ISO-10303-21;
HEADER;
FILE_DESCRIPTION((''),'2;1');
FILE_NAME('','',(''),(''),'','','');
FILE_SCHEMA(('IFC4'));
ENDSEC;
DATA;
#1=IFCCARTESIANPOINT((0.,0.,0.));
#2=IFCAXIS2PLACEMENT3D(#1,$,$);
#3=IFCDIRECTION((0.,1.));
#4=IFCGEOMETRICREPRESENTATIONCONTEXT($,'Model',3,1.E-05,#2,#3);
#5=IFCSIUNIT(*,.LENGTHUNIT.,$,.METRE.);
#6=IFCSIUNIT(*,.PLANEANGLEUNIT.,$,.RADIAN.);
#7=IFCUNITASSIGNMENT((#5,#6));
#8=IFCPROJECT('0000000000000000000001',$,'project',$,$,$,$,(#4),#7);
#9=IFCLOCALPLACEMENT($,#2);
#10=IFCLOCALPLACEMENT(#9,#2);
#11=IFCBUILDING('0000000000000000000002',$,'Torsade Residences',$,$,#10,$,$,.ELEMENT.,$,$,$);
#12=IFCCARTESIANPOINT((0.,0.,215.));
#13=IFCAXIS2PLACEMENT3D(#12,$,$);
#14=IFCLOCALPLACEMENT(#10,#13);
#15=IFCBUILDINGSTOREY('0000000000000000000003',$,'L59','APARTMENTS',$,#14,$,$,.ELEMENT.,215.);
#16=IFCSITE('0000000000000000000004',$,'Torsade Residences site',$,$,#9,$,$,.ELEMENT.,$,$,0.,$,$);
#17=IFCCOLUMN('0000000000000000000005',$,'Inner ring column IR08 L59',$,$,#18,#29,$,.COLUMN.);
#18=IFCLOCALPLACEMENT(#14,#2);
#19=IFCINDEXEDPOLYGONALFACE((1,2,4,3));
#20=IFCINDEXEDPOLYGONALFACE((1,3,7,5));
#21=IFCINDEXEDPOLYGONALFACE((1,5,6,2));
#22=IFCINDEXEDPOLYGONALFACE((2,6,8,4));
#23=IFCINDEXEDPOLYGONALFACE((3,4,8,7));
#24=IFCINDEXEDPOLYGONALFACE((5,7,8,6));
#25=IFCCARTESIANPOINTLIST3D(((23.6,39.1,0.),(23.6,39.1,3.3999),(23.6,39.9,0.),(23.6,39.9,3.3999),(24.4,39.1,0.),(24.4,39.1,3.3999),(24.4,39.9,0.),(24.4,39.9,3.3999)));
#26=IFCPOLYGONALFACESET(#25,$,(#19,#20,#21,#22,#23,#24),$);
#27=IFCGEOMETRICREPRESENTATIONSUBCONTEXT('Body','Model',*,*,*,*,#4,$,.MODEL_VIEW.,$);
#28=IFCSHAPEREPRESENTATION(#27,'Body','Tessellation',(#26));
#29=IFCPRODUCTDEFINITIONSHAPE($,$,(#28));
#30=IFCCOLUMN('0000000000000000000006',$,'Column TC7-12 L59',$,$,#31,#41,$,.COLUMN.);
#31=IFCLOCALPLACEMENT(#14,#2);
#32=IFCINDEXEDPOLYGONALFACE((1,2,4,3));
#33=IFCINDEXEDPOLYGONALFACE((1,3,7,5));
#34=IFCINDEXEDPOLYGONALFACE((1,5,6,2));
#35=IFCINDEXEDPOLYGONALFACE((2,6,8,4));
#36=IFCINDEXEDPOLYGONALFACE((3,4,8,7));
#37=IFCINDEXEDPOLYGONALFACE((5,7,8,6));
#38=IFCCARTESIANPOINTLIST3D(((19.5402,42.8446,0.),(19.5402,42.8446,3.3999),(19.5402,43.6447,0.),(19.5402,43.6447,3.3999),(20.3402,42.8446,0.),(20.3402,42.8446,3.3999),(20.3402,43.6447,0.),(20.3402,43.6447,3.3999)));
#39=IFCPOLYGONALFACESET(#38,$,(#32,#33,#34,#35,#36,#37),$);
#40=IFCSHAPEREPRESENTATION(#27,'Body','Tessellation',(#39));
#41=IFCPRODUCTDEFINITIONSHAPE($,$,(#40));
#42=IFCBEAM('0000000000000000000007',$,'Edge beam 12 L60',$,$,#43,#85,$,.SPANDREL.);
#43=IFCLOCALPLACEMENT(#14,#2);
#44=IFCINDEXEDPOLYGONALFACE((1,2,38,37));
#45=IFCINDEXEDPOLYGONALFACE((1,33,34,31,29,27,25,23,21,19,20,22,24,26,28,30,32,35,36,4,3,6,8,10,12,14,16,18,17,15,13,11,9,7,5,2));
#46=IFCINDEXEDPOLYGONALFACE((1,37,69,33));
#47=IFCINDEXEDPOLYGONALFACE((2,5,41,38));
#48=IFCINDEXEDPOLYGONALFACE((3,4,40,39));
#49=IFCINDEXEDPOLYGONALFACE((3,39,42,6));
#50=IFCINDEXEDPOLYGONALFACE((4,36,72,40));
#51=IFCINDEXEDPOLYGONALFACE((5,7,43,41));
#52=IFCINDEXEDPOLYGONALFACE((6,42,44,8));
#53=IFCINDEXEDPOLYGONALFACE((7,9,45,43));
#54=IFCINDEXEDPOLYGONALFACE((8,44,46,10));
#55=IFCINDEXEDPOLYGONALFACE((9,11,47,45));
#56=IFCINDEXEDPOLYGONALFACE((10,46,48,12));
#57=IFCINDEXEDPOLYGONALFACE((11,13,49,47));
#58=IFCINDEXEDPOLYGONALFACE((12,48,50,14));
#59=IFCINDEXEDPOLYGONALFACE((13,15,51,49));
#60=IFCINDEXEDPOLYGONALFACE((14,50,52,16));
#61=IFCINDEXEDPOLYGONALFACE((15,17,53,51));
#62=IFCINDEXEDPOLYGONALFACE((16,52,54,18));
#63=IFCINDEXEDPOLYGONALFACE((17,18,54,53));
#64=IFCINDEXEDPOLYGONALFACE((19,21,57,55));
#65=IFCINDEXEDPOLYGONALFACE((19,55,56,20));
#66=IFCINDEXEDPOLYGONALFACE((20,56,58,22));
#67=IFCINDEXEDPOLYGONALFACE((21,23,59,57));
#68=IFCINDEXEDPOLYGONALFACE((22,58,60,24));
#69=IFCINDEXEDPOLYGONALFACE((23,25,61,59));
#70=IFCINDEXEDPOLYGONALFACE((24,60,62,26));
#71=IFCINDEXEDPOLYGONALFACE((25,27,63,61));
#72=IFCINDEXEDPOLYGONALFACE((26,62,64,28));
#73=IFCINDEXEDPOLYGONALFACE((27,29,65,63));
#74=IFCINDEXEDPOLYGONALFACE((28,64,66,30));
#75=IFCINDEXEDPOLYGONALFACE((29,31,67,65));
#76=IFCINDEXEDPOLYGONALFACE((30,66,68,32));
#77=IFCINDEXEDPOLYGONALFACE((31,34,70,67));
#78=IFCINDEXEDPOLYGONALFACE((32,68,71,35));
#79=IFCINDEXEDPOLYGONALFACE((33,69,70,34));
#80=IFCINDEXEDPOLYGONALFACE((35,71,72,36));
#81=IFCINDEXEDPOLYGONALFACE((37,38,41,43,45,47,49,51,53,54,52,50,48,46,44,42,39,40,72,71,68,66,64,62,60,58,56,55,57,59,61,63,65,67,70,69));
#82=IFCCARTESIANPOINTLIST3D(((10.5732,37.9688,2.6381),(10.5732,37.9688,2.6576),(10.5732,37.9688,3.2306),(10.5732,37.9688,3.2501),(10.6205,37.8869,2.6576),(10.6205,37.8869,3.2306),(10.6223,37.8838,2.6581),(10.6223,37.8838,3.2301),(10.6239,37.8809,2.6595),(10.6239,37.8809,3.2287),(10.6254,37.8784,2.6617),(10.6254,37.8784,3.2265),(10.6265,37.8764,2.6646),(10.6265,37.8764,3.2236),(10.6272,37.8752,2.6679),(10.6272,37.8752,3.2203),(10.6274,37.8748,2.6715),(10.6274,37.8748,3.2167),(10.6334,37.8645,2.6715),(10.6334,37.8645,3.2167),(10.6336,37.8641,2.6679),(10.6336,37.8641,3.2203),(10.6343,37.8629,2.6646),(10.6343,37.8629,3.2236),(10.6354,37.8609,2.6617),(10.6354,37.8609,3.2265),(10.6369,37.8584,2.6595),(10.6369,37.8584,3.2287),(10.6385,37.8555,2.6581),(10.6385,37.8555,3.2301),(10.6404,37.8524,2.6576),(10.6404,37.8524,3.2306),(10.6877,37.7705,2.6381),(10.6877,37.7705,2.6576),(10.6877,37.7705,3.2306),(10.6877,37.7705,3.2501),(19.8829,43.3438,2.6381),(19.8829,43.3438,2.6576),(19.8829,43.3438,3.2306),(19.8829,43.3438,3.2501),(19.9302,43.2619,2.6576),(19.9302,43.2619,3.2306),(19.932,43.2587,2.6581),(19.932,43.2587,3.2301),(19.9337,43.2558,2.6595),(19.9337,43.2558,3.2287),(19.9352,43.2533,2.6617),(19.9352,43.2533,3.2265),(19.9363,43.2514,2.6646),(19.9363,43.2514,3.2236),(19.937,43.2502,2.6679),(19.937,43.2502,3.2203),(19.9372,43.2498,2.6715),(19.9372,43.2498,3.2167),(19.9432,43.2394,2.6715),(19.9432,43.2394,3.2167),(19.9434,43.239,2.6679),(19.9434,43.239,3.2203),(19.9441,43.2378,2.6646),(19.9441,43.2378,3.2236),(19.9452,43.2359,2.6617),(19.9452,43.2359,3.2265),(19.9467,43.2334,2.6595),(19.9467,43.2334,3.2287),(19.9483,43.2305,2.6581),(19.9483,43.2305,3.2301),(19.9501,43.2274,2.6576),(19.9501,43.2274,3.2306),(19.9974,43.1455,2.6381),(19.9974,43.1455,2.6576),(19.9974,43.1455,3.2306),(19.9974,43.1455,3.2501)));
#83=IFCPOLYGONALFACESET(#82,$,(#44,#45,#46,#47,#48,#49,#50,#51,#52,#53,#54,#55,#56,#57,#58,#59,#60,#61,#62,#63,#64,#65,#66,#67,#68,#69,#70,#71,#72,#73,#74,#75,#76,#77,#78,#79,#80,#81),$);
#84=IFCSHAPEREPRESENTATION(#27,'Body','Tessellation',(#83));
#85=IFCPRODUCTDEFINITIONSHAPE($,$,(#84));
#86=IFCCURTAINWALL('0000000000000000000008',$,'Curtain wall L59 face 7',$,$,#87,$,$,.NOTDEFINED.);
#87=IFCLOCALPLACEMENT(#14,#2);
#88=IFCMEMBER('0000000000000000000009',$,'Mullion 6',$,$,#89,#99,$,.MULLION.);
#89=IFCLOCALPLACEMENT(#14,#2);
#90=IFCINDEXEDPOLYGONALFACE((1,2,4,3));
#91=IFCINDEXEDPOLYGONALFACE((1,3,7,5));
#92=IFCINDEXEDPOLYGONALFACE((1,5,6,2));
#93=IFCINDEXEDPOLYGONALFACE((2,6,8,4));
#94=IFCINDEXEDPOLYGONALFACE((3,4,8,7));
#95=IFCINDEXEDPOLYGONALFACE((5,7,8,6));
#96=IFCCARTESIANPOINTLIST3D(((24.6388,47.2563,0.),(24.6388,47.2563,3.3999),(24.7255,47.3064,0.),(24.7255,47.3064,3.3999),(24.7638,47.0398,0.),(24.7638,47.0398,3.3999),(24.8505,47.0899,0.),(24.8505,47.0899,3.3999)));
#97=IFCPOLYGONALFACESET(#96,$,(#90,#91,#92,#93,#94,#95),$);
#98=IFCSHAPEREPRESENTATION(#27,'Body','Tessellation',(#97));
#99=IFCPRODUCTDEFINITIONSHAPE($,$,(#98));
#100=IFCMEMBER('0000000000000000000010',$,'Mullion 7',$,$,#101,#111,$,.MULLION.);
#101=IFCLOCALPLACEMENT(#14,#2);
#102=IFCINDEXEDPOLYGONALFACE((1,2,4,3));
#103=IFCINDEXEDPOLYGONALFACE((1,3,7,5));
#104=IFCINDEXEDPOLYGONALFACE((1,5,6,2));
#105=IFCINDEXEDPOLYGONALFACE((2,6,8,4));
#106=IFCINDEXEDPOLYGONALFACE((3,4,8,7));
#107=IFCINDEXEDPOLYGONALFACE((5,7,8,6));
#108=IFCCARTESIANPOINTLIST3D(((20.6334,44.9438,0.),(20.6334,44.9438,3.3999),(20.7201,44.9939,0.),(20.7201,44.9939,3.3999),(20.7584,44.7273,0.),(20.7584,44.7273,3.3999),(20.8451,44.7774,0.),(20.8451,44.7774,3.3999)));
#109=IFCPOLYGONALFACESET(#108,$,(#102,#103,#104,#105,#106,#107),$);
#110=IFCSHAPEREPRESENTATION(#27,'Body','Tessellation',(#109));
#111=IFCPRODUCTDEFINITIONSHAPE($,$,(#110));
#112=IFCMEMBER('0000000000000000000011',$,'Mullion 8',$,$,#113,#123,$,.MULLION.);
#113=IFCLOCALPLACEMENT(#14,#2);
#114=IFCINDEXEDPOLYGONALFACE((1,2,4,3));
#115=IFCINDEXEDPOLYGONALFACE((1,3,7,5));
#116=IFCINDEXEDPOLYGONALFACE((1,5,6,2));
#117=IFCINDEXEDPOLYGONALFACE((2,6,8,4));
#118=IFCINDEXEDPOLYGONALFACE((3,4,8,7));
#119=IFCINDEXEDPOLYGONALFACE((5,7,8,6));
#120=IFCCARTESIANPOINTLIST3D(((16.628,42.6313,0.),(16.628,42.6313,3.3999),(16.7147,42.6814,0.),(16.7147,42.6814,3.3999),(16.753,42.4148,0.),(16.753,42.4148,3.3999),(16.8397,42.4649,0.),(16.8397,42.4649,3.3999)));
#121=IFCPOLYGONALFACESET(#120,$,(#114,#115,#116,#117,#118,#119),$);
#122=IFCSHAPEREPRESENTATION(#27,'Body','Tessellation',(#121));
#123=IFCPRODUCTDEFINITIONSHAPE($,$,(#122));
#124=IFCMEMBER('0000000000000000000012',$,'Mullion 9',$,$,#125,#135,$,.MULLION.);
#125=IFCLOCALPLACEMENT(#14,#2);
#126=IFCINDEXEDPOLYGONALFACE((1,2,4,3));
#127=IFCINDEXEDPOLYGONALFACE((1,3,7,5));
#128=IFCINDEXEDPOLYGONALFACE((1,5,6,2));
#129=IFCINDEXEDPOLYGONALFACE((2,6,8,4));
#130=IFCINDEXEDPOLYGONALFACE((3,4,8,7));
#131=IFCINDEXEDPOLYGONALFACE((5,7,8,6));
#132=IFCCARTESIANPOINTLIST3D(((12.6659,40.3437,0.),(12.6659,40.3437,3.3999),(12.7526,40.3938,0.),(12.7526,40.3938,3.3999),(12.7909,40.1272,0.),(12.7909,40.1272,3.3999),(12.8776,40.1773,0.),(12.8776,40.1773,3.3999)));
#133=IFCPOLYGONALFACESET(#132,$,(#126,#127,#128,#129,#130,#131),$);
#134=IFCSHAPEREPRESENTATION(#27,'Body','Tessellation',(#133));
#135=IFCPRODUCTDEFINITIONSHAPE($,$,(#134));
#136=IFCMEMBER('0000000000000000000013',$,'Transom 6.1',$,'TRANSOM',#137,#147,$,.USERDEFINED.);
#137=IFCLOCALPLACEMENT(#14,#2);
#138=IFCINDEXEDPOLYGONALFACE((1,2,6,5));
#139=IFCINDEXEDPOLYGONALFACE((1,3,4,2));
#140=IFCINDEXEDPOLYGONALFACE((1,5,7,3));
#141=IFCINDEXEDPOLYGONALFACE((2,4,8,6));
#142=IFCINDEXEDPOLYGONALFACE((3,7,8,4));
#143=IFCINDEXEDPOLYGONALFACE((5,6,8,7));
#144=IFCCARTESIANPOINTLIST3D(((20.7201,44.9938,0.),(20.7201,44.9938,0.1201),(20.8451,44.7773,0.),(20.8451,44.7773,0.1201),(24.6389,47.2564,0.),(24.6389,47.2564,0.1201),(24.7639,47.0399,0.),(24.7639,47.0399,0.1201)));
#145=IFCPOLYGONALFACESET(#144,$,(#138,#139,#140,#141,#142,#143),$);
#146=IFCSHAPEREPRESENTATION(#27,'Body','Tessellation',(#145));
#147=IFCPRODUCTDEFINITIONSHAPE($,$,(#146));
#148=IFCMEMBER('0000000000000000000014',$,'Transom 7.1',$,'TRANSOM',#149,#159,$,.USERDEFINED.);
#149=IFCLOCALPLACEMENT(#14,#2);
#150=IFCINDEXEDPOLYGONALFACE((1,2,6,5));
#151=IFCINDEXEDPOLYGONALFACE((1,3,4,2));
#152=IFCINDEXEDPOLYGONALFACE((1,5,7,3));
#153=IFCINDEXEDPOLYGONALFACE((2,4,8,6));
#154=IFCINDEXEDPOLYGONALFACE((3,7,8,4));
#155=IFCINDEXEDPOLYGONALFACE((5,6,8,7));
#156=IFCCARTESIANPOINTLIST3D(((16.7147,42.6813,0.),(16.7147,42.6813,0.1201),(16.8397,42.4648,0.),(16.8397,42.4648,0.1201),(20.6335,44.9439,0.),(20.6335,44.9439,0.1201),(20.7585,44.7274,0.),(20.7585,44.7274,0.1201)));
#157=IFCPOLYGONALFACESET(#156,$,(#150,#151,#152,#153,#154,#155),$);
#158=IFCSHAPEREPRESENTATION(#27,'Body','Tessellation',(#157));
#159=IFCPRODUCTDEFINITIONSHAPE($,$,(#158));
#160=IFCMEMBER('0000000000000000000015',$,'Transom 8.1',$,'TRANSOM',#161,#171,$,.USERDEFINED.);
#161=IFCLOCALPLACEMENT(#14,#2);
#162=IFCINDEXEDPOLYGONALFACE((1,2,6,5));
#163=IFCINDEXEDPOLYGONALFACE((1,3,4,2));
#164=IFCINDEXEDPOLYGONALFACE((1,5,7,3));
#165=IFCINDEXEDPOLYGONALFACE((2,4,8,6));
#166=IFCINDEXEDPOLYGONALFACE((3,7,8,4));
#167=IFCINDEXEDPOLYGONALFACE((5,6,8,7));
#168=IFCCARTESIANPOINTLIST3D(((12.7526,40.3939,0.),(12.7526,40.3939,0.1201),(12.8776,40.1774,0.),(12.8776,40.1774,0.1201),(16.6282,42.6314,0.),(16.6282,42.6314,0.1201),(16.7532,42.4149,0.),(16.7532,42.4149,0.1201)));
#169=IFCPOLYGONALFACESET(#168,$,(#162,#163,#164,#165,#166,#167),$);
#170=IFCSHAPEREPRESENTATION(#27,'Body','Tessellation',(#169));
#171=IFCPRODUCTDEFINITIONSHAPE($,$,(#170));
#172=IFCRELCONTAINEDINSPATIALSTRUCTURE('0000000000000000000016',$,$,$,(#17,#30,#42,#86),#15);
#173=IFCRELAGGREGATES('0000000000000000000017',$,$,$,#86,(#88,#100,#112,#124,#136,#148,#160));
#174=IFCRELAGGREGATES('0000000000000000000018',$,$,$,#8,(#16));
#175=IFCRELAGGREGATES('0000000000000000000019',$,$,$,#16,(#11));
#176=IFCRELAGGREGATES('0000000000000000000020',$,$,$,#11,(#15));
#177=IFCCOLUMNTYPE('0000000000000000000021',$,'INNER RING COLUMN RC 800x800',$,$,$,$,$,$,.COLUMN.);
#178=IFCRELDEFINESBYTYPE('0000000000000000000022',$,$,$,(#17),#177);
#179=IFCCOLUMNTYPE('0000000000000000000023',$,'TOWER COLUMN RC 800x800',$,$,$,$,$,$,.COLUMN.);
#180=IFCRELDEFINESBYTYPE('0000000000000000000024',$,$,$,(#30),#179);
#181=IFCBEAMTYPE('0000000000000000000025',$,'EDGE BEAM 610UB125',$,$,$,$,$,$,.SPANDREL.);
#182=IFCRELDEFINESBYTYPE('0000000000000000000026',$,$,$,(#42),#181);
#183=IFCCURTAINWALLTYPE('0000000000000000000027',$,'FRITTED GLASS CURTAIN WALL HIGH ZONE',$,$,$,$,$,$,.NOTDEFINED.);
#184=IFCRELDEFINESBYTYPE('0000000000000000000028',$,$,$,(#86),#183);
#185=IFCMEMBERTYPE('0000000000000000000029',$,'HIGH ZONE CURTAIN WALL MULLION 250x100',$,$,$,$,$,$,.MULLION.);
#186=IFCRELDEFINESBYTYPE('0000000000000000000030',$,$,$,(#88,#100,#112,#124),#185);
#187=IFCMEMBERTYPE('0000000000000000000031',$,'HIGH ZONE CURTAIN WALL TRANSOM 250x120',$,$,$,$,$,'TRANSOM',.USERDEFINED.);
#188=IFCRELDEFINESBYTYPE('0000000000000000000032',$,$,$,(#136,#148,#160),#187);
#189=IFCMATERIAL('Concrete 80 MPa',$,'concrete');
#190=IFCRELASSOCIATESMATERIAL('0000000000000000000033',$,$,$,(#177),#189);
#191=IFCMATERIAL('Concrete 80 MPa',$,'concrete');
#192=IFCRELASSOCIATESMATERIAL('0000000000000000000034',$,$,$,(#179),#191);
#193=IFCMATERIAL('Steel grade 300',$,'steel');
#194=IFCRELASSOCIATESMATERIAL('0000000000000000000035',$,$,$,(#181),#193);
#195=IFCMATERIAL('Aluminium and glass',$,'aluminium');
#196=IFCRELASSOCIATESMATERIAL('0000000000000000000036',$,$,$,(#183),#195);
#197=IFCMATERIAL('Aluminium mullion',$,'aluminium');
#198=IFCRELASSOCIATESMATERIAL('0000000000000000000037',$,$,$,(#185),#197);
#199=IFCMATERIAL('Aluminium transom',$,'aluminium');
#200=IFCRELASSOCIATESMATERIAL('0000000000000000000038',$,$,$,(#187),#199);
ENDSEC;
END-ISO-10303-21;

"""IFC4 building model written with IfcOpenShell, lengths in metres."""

from ifc_helpers import new_model, si_unit, direction, frame, origin, origin_2d, place, context, subcontext, project, spatial, rectangle, i_section, extrude, material, material_profile, profile_set, type_object, element, aggregate, save


model = new_model("IFC4")

# Units and contexts
model_context = context("Model", 3, precision=1e-05, world=origin(), true_north=direction((0.0, 1.0)))
body_context = subcontext(model_context, "Body", "Model", "MODEL_VIEW")
ifc_project = project(units=[si_unit("LENGTHUNIT", "METRE"), si_unit("PLANEANGLEUNIT", "RADIAN")], contexts=[model_context])

# Site, building, storey
site_placement = place(None, origin())
site = spatial("IfcSite", under=ifc_project, at=site_placement, Name="Torsade Residences site", CompositionType="ELEMENT", RefElevation=0.0)
building_placement = place(site_placement, origin())
building = spatial("IfcBuilding", under=site, at=building_placement, Name="Torsade Residences", CompositionType="ELEMENT")
storey_placement = place(building_placement, frame((0.0, 0.0, 215.0)))
storey = spatial("IfcBuildingStorey", under=building, at=storey_placement, Name="L59", Description="APARTMENTS", CompositionType="ELEMENT", Elevation=215.0)

# Columns
ifc_material_1 = material(Name="Concrete 80 MPa", Category="concrete")
ifc_material_profile_1 = material_profile(ifc_material_1, rectangle(XDim=0.8, YDim=0.8, at=origin_2d()), Name="RC 800x800")
ifc_profile_set_1 = profile_set([ifc_material_profile_1], Name="Concrete 80 MPa")
column_type_1 = type_object("IfcColumnType", Name="INNER RING COLUMN RC 800x800", PredefinedType="COLUMN", material=ifc_profile_set_1)
column_1_placement = place(storey_placement, frame((24.0, 39.5, 0.0), z_axis=(0.0, 0.0, 1.0), x_axis=(1.0, 0.0, 0.0)))
element("IfcColumn", 1, at=column_1_placement, inside=storey, type_object=column_type_1, Name="Inner ring column IR08 L59", PredefinedType="COLUMN", context=body_context, shape_type="SweptSolid", body=[
    extrude(rectangle(XDim=0.8, YDim=0.8, at=origin_2d()), origin(), (0.0, 0.0, 1.0), 3.3999),
])
ifc_material_2 = material(Name="Concrete 80 MPa", Category="concrete")
ifc_material_profile_2 = material_profile(ifc_material_2, rectangle(XDim=0.8, YDim=0.8, at=origin_2d()), Name="RC 800x800")
ifc_profile_set_2 = profile_set([ifc_material_profile_2], Name="Concrete 80 MPa")
column_type_2 = type_object("IfcColumnType", Name="TOWER COLUMN RC 800x800", PredefinedType="COLUMN", material=ifc_profile_set_2)
column_2_placement = place(storey_placement, frame((19.9402, 43.2446, 0.0), z_axis=(0.0, 0.0, 1.0), x_axis=(1.0, 0.0, 0.0)))
element("IfcColumn", 2, at=column_2_placement, inside=storey, type_object=column_type_2, Name="Column TC7-12 L59", PredefinedType="COLUMN", context=body_context, shape_type="SweptSolid", body=[
    extrude(rectangle(XDim=0.8, YDim=0.8, at=origin_2d()), origin(), (0.0, 0.0, 1.0), 3.3999),
])

# Beam
ifc_material_3 = material(Name="Steel grade 300", Category="steel")
ifc_material_profile_3 = material_profile(ifc_material_3, i_section(OverallWidth=0.229, OverallDepth=0.6121, WebThickness=0.012, FlangeThickness=0.0195, FilletRadius=0.0139, at=origin_2d()), Name="610UB125")
ifc_profile_set_3 = profile_set([ifc_material_profile_3], Name="Steel grade 300")
beam_type_1 = type_object("IfcBeamType", Name="EDGE BEAM 610UB125", PredefinedType="SPANDREL", material=ifc_profile_set_3)
beam_1_placement = place(storey_placement, frame((19.9402, 43.2446, 2.9441), z_axis=(-0.866026, -0.499998, 0.0), x_axis=(0.499998, -0.866026, 0.0)))
element("IfcBeam", 3, at=beam_1_placement, inside=storey, type_object=beam_type_1, Name="Edge beam 12 L60", PredefinedType="SPANDREL", context=body_context, shape_type="SweptSolid", body=[
    extrude(i_section(OverallWidth=0.229, OverallDepth=0.6121, WebThickness=0.012, FlangeThickness=0.0195, FilletRadius=0.0139, at=origin_2d()), origin(), (0.0, 0.0, 1.0), 10.75),
])

# Curtain wall, members
ifc_material_4 = material(Name="Aluminium and glass", Category="aluminium")
curtain_wall_type = type_object("IfcCurtainWallType", Name="FRITTED GLASS CURTAIN WALL HIGH ZONE", PredefinedType="NOTDEFINED", material=ifc_material_4)
curtain_wall_placement = place(storey_placement, origin())
curtain_wall = element("IfcCurtainWall", 4, at=curtain_wall_placement, inside=storey, type_object=curtain_wall_type, Name="Curtain wall L59 face 7", PredefinedType="NOTDEFINED")
ifc_material_5 = material(Name="Aluminium mullion", Category="aluminium")
ifc_material_profile_4 = material_profile(ifc_material_5, rectangle(XDim=0.25, YDim=0.1001, at=origin_2d()), Name="HIGH ZONE CURTAIN WALL MULLION 250x100")
ifc_profile_set_4 = profile_set([ifc_material_profile_4], Name="Aluminium mullion")
member_type_1 = type_object("IfcMemberType", Name="HIGH ZONE CURTAIN WALL MULLION 250x100", PredefinedType="MULLION", material=ifc_profile_set_4)
member_1_placement = place(storey_placement, frame((24.7446, 47.1731, 0.0), z_axis=(0.0, 0.0, 1.0), x_axis=(0.5, -0.866025, 0.0)))
member_1 = element("IfcMember", 5, at=member_1_placement, type_object=member_type_1, Name="Mullion 6", PredefinedType="MULLION", context=body_context, shape_type="SweptSolid", body=[
    extrude(rectangle(XDim=0.25, YDim=0.1001, at=origin_2d()), origin(), (0.0, 0.0, 1.0), 3.3999),
])
member_2_placement = place(storey_placement, frame((20.7393, 44.8606, 0.0), z_axis=(0.0, 0.0, 1.0), x_axis=(0.5, -0.866025, 0.0)))
member_2 = element("IfcMember", 6, at=member_2_placement, type_object=member_type_1, Name="Mullion 7", PredefinedType="MULLION", context=body_context, shape_type="SweptSolid", body=[
    extrude(rectangle(XDim=0.25, YDim=0.1001, at=origin_2d()), origin(), (0.0, 0.0, 1.0), 3.3999),
])
member_3_placement = place(storey_placement, frame((16.7339, 42.5481, 0.0), z_axis=(0.0, 0.0, 1.0), x_axis=(0.5, -0.866025, 0.0)))
member_3 = element("IfcMember", 7, at=member_3_placement, type_object=member_type_1, Name="Mullion 8", PredefinedType="MULLION", context=body_context, shape_type="SweptSolid", body=[
    extrude(rectangle(XDim=0.25, YDim=0.1001, at=origin_2d()), origin(), (0.0, 0.0, 1.0), 3.3999),
])
member_4_placement = place(storey_placement, frame((12.7717, 40.2605, 0.0), z_axis=(0.0, 0.0, 1.0), x_axis=(0.5, -0.866025, 0.0)))
member_4 = element("IfcMember", 8, at=member_4_placement, type_object=member_type_1, Name="Mullion 9", PredefinedType="MULLION", context=body_context, shape_type="SweptSolid", body=[
    extrude(rectangle(XDim=0.25, YDim=0.1001, at=origin_2d()), origin(), (0.0, 0.0, 1.0), 3.3999),
])
ifc_material_6 = material(Name="Aluminium transom", Category="aluminium")
ifc_material_profile_5 = material_profile(ifc_material_6, rectangle(XDim=0.25, YDim=0.1201, at=origin_2d()), Name="HIGH ZONE CURTAIN WALL TRANSOM 250x120")
ifc_profile_set_5 = profile_set([ifc_material_profile_5], Name="Aluminium transom")
member_type_2 = type_object("IfcMemberType", Name="HIGH ZONE CURTAIN WALL TRANSOM 250x120", ElementType="TRANSOM", PredefinedType="USERDEFINED", material=ifc_profile_set_5)
member_5_placement = place(storey_placement, frame((24.7014, 47.1482, 0.0601), z_axis=(-0.866017, -0.500015, 0.0), x_axis=(0.500015, -0.866017, 0.0)))
member_5 = element("IfcMember", 9, at=member_5_placement, type_object=member_type_2, Name="Transom 6.1", ObjectType="TRANSOM", PredefinedType="USERDEFINED", context=body_context, shape_type="SweptSolid", body=[
    extrude(rectangle(XDim=0.25, YDim=0.1201, at=origin_2d()), origin(), (0.0, 0.0, 1.0), 4.5251),
])
member_6_placement = place(storey_placement, frame((20.696, 44.8357, 0.0601), z_axis=(-0.866017, -0.500015, 0.0), x_axis=(0.500015, -0.866017, 0.0)))
member_6 = element("IfcMember", 10, at=member_6_placement, type_object=member_type_2, Name="Transom 7.1", ObjectType="TRANSOM", PredefinedType="USERDEFINED", context=body_context, shape_type="SweptSolid", body=[
    extrude(rectangle(XDim=0.25, YDim=0.1201, at=origin_2d()), origin(), (0.0, 0.0, 1.0), 4.5251),
])
member_7_placement = place(storey_placement, frame((16.6907, 42.5232, 0.0601), z_axis=(-0.866022, -0.500006, 0.0), x_axis=(0.500006, -0.866022, 0.0)))
member_7 = element("IfcMember", 11, at=member_7_placement, type_object=member_type_2, Name="Transom 8.1", ObjectType="TRANSOM", PredefinedType="USERDEFINED", context=body_context, shape_type="SweptSolid", body=[
    extrude(rectangle(XDim=0.25, YDim=0.1201, at=origin_2d()), origin(), (0.0, 0.0, 1.0), 4.4751),
])

aggregate(curtain_wall, [member_1, member_2, member_3, member_4, member_5, member_6, member_7])

save(model, "model.ifc")
